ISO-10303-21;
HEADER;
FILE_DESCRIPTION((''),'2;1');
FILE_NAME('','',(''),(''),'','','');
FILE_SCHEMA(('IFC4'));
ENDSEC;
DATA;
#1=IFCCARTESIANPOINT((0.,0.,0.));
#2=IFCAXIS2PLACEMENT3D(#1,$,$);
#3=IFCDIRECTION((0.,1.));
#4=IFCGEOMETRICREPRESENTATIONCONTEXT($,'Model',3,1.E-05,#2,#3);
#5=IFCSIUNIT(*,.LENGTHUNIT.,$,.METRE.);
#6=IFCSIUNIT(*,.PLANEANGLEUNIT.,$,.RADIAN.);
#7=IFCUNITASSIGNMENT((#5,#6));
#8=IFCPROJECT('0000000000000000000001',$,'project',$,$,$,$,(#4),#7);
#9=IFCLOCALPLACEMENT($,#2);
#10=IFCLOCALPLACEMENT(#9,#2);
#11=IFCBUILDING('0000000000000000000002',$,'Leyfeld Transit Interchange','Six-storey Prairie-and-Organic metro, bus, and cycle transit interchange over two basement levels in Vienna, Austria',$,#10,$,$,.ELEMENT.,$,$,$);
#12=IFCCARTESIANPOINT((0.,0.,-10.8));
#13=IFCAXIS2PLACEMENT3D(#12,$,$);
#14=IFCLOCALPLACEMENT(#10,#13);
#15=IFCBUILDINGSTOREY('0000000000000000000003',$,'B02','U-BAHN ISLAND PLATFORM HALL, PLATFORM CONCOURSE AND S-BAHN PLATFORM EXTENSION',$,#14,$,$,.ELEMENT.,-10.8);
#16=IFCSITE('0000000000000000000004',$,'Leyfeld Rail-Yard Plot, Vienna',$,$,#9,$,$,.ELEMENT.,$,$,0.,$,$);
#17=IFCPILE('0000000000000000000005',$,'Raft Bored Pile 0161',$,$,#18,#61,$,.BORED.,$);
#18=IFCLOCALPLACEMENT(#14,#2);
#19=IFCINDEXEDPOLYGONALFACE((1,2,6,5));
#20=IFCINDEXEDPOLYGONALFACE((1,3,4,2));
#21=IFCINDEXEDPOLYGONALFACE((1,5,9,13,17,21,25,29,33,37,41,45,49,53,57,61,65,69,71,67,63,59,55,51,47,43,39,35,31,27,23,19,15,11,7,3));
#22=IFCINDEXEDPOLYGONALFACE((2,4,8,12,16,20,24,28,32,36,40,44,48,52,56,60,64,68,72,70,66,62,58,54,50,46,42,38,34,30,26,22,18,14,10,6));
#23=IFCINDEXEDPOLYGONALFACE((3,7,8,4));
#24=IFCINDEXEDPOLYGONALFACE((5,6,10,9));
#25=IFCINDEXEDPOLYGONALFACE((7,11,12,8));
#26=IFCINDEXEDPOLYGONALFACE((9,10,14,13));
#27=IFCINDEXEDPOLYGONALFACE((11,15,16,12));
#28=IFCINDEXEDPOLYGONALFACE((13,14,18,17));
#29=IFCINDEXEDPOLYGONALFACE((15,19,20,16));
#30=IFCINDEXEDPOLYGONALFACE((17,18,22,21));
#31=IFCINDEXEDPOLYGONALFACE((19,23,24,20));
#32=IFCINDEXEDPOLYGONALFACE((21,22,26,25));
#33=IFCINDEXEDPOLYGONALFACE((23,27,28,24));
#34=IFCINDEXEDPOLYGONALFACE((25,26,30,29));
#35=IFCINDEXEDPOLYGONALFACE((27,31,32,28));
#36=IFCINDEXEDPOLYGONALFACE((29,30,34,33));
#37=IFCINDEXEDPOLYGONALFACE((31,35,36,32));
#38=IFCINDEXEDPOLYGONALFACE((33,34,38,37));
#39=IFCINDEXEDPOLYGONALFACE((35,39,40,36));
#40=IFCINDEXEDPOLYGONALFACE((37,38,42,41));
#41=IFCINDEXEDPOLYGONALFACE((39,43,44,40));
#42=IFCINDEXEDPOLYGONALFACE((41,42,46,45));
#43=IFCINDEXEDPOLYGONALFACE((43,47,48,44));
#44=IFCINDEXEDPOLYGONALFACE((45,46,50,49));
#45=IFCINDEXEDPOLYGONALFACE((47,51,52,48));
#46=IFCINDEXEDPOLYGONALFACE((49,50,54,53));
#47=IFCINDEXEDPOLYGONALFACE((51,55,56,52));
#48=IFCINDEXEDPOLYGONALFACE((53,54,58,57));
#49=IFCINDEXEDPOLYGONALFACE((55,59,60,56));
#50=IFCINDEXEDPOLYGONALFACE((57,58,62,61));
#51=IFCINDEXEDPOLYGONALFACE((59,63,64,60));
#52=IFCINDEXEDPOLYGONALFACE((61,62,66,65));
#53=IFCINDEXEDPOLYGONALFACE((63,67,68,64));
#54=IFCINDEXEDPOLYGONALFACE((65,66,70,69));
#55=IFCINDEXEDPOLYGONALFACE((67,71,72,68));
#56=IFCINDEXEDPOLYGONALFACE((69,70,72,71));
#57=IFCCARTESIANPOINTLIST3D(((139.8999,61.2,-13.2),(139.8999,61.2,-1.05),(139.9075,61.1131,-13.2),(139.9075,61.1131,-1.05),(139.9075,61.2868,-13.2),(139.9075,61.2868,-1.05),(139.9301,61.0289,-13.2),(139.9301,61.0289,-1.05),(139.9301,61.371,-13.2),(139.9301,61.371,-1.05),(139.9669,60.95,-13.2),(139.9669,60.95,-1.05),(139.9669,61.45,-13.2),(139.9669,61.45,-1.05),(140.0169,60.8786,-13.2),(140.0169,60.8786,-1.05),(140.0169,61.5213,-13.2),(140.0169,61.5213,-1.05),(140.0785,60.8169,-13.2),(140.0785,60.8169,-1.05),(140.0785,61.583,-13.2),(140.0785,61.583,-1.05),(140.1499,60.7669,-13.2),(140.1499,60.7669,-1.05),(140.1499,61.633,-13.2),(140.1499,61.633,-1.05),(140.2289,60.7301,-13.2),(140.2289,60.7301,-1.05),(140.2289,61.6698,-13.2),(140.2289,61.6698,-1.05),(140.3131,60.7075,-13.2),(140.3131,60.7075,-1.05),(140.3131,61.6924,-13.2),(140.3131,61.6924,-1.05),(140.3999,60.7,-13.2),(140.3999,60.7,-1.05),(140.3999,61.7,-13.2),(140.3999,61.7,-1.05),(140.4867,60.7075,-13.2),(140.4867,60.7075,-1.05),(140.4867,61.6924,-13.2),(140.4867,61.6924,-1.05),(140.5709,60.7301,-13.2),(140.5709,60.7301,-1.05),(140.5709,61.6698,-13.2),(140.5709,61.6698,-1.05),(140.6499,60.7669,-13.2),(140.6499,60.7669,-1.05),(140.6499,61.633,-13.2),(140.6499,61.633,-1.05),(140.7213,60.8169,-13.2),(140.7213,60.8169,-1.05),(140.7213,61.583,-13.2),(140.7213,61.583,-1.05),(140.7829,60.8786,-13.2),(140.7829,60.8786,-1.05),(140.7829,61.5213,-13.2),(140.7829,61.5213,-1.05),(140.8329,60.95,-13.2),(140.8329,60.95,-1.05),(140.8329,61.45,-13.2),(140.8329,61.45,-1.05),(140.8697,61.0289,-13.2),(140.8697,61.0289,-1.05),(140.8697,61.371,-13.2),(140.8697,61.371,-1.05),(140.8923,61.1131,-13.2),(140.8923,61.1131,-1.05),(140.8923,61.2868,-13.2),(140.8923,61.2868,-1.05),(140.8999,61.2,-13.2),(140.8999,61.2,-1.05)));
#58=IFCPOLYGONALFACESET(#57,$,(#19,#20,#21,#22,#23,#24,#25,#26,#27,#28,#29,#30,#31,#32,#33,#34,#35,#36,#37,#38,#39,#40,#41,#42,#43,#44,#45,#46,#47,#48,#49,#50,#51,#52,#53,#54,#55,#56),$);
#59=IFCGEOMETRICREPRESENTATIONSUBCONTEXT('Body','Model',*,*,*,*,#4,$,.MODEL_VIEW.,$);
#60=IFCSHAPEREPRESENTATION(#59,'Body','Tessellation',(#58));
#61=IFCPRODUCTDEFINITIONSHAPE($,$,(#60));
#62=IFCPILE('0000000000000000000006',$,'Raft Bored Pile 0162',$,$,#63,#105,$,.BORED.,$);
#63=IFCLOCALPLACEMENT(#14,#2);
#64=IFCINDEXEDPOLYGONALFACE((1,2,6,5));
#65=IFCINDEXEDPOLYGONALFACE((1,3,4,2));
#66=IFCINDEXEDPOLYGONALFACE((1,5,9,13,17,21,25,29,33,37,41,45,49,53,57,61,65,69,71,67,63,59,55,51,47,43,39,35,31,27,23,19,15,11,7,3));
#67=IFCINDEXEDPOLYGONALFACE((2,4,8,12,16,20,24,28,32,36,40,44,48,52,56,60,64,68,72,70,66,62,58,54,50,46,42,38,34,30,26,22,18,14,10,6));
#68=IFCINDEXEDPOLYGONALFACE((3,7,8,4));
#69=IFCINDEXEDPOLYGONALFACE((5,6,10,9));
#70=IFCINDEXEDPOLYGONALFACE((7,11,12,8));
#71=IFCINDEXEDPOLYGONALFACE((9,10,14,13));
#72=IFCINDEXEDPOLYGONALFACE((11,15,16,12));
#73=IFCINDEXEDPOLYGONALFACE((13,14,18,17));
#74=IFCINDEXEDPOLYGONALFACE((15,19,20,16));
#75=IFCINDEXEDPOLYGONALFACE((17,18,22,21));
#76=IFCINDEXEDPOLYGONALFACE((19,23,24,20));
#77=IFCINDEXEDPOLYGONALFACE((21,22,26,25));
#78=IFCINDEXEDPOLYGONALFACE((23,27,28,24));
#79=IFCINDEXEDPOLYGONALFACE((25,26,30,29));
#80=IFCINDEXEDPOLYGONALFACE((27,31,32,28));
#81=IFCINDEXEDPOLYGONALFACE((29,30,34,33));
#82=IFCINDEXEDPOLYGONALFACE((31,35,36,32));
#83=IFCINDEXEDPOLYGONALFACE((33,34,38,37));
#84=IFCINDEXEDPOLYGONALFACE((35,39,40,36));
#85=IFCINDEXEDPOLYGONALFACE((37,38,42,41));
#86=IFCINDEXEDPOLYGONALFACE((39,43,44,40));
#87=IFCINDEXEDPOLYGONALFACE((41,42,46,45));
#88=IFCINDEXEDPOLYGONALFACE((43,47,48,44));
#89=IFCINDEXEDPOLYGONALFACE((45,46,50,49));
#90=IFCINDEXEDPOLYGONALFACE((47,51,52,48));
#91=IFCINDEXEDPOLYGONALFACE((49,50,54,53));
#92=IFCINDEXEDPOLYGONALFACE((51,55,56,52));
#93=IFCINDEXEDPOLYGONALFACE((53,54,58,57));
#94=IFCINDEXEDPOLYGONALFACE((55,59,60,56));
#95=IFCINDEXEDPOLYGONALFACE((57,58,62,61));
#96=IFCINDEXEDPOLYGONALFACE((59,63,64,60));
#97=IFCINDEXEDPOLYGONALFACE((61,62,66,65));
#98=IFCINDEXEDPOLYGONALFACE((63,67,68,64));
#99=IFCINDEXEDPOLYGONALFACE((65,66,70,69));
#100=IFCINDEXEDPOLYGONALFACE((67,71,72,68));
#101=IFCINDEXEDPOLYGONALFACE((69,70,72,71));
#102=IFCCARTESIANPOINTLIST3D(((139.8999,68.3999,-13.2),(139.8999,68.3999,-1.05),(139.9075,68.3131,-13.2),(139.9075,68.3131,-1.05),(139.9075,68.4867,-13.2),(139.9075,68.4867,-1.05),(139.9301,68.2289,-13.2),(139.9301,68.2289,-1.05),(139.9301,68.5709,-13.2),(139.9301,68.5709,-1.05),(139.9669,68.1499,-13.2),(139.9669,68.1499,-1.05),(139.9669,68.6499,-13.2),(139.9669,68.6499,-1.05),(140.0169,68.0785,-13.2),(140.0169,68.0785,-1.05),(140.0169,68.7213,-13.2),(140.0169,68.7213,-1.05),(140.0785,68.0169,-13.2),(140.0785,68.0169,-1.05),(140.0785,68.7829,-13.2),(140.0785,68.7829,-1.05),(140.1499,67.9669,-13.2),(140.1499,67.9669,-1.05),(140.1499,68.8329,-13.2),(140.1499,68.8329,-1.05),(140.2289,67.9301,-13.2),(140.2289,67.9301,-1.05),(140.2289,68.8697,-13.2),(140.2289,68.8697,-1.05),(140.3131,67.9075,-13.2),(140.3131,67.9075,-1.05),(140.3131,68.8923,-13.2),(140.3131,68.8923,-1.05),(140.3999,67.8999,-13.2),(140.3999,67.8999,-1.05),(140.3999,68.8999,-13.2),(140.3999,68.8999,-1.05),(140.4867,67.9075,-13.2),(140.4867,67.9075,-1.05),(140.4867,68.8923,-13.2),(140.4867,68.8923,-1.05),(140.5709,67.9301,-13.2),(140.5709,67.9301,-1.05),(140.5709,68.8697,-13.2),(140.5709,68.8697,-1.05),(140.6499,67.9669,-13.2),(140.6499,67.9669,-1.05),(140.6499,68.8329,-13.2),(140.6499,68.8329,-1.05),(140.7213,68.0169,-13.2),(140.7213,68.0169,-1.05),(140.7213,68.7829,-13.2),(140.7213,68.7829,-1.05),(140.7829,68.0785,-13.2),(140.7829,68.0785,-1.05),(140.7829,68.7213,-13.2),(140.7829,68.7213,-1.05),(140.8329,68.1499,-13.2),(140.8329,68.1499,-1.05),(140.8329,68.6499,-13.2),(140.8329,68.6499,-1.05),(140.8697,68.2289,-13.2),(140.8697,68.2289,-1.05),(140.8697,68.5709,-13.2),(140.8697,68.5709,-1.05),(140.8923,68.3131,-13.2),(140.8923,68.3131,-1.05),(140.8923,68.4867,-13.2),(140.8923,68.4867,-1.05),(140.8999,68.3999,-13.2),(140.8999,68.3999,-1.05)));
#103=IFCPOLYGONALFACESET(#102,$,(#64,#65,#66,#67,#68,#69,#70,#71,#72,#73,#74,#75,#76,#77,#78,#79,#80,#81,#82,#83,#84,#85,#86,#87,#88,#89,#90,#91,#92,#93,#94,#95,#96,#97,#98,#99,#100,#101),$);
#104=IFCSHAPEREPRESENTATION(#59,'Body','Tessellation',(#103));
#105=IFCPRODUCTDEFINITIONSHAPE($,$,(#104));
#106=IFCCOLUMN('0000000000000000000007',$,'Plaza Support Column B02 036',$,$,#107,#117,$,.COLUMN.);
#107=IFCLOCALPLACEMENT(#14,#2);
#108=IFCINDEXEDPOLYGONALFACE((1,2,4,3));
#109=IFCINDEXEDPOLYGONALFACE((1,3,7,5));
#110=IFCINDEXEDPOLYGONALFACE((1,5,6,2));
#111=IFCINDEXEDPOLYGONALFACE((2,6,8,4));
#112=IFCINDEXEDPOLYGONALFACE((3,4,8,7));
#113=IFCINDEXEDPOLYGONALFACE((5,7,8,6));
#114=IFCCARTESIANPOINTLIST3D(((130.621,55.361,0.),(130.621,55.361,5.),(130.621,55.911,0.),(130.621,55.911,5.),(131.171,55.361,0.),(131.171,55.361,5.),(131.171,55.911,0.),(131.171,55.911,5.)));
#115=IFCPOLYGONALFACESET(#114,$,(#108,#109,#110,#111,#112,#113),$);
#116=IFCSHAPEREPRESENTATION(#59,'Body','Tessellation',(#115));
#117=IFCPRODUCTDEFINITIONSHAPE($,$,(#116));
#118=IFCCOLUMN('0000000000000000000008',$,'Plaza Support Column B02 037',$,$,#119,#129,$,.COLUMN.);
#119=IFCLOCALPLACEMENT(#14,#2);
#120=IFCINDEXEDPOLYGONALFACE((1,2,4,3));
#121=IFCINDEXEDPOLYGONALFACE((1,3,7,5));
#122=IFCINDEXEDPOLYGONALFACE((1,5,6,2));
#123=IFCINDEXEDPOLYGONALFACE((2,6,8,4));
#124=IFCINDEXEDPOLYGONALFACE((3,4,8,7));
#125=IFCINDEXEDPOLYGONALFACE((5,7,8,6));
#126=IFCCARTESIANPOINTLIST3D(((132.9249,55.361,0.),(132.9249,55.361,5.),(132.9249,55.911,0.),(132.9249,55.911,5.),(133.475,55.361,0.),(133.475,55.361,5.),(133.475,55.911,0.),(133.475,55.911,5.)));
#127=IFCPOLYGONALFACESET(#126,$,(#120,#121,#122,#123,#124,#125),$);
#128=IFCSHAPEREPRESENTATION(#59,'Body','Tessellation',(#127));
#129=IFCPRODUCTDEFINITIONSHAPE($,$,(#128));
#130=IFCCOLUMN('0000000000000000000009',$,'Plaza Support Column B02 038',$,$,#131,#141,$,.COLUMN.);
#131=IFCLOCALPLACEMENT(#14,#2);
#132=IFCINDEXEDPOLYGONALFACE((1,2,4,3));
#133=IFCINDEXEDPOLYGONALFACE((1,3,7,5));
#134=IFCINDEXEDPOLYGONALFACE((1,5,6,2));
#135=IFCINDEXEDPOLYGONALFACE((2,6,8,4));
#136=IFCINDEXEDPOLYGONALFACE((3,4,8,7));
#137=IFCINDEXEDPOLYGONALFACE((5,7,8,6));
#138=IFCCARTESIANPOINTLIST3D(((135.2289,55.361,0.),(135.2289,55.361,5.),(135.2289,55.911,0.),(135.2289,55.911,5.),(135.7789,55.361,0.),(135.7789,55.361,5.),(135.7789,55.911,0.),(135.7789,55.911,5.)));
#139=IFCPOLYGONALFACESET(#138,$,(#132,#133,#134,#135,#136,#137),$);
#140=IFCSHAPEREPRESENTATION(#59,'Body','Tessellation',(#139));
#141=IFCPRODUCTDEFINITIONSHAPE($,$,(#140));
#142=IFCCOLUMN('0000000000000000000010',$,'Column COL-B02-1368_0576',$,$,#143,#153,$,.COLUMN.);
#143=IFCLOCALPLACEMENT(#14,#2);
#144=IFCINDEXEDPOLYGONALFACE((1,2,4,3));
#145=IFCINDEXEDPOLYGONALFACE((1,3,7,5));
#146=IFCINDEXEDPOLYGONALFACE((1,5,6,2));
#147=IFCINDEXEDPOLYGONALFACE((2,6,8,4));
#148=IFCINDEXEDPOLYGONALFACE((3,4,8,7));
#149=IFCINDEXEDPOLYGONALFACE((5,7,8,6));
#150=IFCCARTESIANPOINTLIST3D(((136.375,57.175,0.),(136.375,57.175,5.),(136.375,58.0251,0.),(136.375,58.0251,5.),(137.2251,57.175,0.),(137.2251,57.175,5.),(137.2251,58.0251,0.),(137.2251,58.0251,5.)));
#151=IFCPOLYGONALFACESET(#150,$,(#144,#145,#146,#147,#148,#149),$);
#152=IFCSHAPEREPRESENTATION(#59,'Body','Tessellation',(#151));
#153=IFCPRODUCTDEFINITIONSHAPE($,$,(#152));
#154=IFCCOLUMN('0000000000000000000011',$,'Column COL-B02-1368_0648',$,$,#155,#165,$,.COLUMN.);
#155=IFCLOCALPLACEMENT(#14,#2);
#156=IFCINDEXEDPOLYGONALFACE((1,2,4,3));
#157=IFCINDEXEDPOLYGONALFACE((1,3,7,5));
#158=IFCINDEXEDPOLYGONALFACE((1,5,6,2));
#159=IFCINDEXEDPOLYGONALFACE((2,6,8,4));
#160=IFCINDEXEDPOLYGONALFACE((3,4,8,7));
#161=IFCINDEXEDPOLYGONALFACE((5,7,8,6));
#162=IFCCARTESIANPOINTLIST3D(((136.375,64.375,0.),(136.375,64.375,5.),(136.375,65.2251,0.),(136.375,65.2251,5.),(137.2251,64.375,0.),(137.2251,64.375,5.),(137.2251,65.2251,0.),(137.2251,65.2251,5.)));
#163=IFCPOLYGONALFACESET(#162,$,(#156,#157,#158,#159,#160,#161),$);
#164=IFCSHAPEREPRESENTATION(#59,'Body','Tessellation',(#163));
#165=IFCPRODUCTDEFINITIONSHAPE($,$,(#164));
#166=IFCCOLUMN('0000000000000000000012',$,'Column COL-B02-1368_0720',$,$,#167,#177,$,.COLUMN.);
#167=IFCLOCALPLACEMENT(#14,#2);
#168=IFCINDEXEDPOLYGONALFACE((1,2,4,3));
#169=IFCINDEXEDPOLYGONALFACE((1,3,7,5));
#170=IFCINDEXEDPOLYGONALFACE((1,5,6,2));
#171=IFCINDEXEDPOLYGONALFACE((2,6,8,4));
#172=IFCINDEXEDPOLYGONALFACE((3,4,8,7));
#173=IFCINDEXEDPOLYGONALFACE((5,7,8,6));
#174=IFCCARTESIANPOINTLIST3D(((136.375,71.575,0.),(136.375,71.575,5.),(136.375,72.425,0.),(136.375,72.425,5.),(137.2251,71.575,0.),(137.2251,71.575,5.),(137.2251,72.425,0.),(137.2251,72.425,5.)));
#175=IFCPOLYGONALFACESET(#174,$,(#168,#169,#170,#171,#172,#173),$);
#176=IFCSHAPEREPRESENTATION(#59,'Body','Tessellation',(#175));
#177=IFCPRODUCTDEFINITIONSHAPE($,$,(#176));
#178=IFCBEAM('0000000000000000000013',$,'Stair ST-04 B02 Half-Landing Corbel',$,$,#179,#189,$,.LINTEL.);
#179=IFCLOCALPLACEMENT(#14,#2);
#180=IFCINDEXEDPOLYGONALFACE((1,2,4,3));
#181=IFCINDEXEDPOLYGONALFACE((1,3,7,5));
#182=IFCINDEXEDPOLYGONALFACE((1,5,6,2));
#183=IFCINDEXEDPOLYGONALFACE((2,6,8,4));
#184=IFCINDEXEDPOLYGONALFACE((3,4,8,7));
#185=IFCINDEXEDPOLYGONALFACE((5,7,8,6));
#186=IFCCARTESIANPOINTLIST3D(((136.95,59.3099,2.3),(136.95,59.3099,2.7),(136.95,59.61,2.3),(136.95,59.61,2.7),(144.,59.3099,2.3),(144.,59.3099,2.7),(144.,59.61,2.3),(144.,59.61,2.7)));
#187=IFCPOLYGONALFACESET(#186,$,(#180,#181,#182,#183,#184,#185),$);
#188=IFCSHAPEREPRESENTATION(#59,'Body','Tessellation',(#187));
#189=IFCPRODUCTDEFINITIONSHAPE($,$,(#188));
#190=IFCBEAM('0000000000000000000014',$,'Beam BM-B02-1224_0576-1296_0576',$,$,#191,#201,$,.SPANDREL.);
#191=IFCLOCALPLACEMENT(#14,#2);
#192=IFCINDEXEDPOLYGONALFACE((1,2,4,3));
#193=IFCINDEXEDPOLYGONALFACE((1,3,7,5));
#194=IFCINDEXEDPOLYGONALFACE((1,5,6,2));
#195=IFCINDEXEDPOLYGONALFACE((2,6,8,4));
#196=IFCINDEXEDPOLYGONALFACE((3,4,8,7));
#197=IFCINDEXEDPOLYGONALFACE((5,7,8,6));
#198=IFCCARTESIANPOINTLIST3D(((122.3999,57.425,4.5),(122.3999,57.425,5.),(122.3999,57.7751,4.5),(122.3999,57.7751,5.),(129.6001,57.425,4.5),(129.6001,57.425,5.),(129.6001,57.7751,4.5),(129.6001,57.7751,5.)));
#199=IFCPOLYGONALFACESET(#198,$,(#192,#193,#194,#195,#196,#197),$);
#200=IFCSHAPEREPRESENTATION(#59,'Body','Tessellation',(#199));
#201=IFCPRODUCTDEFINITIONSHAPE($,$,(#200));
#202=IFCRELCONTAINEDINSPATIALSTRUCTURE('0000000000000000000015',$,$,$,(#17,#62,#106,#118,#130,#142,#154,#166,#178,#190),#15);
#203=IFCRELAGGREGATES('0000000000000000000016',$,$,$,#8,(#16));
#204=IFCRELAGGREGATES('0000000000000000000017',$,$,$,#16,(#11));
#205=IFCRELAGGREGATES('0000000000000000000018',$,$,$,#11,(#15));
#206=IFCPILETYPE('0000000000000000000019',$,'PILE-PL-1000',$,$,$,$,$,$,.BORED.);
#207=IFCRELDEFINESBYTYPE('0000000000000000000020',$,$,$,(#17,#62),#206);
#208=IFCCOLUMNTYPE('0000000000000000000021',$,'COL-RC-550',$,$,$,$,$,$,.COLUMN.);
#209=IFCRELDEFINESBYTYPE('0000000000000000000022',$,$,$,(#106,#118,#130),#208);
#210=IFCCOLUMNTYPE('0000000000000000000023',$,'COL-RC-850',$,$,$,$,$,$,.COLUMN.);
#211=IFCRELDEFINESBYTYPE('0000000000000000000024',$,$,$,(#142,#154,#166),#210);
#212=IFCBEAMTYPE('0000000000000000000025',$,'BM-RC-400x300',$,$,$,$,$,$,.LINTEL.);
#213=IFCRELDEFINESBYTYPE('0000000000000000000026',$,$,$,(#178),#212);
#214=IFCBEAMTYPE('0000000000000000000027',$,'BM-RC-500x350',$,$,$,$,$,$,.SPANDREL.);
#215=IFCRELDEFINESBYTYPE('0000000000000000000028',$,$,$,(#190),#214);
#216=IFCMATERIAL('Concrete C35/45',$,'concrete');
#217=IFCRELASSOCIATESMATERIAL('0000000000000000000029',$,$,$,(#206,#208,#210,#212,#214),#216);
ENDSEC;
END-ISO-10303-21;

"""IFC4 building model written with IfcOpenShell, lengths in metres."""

from ifc_helpers import new_model, si_unit, direction, frame, origin, origin_2d, place, context, subcontext, project, spatial, rectangle, circle, extrude, material, material_profile, profile_set, type_object, element, save


model = new_model("IFC4")

# Units and contexts
model_context = context("Model", 3, precision=1e-05, world=origin(), true_north=direction((0.0, 1.0)))
body_context = subcontext(model_context, "Body", "Model", "MODEL_VIEW")
ifc_project = project(units=[si_unit("LENGTHUNIT", "METRE"), si_unit("PLANEANGLEUNIT", "RADIAN")], contexts=[model_context])

# Site, building, storey
site_placement = place(None, origin())
site = spatial("IfcSite", under=ifc_project, at=site_placement, Name="Leyfeld Rail-Yard Plot, Vienna", CompositionType="ELEMENT", RefElevation=0.0)
building_placement = place(site_placement, origin())
building = spatial("IfcBuilding", under=site, at=building_placement, Name="Leyfeld Transit Interchange", Description="Six-storey Prairie-and-Organic metro, bus, and cycle transit interchange over two basement levels in Vienna, Austria", CompositionType="ELEMENT")
storey_placement = place(building_placement, frame((0.0, 0.0, -10.8)))
storey = spatial("IfcBuildingStorey", under=building, at=storey_placement, Name="B02", Description="U-BAHN ISLAND PLATFORM HALL, PLATFORM CONCOURSE AND S-BAHN PLATFORM EXTENSION", CompositionType="ELEMENT", Elevation=-10.8)

# Piles
ifc_material_1 = material(Name="Concrete C35/45", Category="concrete")
ifc_material_profile_1 = material_profile(ifc_material_1, circle(Radius=0.5, at=origin_2d()), Name="PILE D1000")
ifc_profile_set_1 = profile_set([ifc_material_profile_1], Name="Concrete C35/45")
pile_type = type_object("IfcPileType", Name="PILE-PL-1000", PredefinedType="BORED", material=ifc_profile_set_1)
for number, where, z_axis, x_axis, name in (
    (1, (140.3999, 61.2, -1.05), (0.0, 0.0, -1.0), (1.0, 0.0, 0.0), "Raft Bored Pile 0161"),
    (2, (140.3999, 68.3999, -1.05), (0.0, 0.0, -1.0), (1.0, 0.0, 0.0), "Raft Bored Pile 0162"),
):
    element("IfcPile", number, at=place(storey_placement, frame(where, z_axis=z_axis, x_axis=x_axis)), inside=storey, type_object=pile_type, Name=name, PredefinedType="BORED", context=body_context, shape_type="SweptSolid", body=[
        extrude(circle(Radius=0.5, at=origin_2d()), origin(), (0.0, 0.0, 1.0), 12.1499),
    ])

# Columns
ifc_material_profile_2 = material_profile(ifc_material_1, rectangle(XDim=0.55, YDim=0.55, at=origin_2d()), Name="RC 550x550")
ifc_profile_set_2 = profile_set([ifc_material_profile_2], Name="Concrete C35/45")
column_type_1 = type_object("IfcColumnType", Name="COL-RC-550", PredefinedType="COLUMN", material=ifc_profile_set_2)
for number, where, z_axis, x_axis, name in (
    (3, (130.896, 55.636, 0.0), (0.0, 0.0, 1.0), (1.0, 0.0, 0.0), "Plaza Support Column B02 036"),
    (4, (133.2, 55.636, 0.0), (0.0, 0.0, 1.0), (1.0, 0.0, 0.0), "Plaza Support Column B02 037"),
    (5, (135.5039, 55.636, 0.0), (0.0, 0.0, 1.0), (1.0, 0.0, 0.0), "Plaza Support Column B02 038"),
):
    element("IfcColumn", number, at=place(storey_placement, frame(where, z_axis=z_axis, x_axis=x_axis)), inside=storey, type_object=column_type_1, Name=name, PredefinedType="COLUMN", context=body_context, shape_type="SweptSolid", body=[
        extrude(rectangle(XDim=0.55, YDim=0.55, at=origin_2d()), origin(), (0.0, 0.0, 1.0), 5.0),
    ])
ifc_material_profile_3 = material_profile(ifc_material_1, rectangle(XDim=0.8501, YDim=0.8501, at=origin_2d()), Name="RC 850x850")
ifc_profile_set_3 = profile_set([ifc_material_profile_3], Name="Concrete C35/45")
column_type_2 = type_object("IfcColumnType", Name="COL-RC-850", PredefinedType="COLUMN", material=ifc_profile_set_3)
for number, where, z_axis, x_axis, name in (
    (6, (136.8, 57.6001, 0.0), (0.0, 0.0, 1.0), (1.0, 0.0, 0.0), "Column COL-B02-1368_0576"),
    (7, (136.8, 64.8, 0.0), (0.0, 0.0, 1.0), (1.0, 0.0, 0.0), "Column COL-B02-1368_0648"),
    (8, (136.8, 72.0, 0.0), (0.0, 0.0, 1.0), (1.0, 0.0, 0.0), "Column COL-B02-1368_0720"),
):
    element("IfcColumn", number, at=place(storey_placement, frame(where, z_axis=z_axis, x_axis=x_axis)), inside=storey, type_object=column_type_2, Name=name, PredefinedType="COLUMN", context=body_context, shape_type="SweptSolid", body=[
        extrude(rectangle(XDim=0.8501, YDim=0.8501, at=origin_2d()), origin(), (0.0, 0.0, 1.0), 5.0),
    ])

# Beams
ifc_material_profile_4 = material_profile(ifc_material_1, rectangle(XDim=0.3, YDim=0.3999, at=origin_2d()), Name="RC 400x300")
ifc_profile_set_4 = profile_set([ifc_material_profile_4], Name="Concrete C35/45")
beam_type_1 = type_object("IfcBeamType", Name="BM-RC-400x300", PredefinedType="LINTEL", material=ifc_profile_set_4)
beam_1_placement = place(storey_placement, frame((136.95, 59.46, 2.5), z_axis=(1.0, 0.0, 0.0), x_axis=(0.0, 1.0, 0.0)))
element("IfcBeam", 9, at=beam_1_placement, inside=storey, type_object=beam_type_1, Name="Stair ST-04 B02 Half-Landing Corbel", PredefinedType="LINTEL", context=body_context, shape_type="SweptSolid", body=[
    extrude(rectangle(XDim=0.3, YDim=0.3999, at=origin_2d()), origin(), (0.0, 0.0, 1.0), 7.05),
])
ifc_material_profile_5 = material_profile(ifc_material_1, rectangle(XDim=0.3501, YDim=0.5, at=origin_2d()), Name="RC 500x350")
ifc_profile_set_5 = profile_set([ifc_material_profile_5], Name="Concrete C35/45")
beam_type_2 = type_object("IfcBeamType", Name="BM-RC-500x350", PredefinedType="SPANDREL", material=ifc_profile_set_5)
beam_2_placement = place(storey_placement, frame((122.3999, 57.6001, 4.75), z_axis=(1.0, 0.0, 0.0), x_axis=(0.0, 1.0, 0.0)))
element("IfcBeam", 10, at=beam_2_placement, inside=storey, type_object=beam_type_2, Name="Beam BM-B02-1224_0576-1296_0576", PredefinedType="SPANDREL", context=body_context, shape_type="SweptSolid", body=[
    extrude(rectangle(XDim=0.3501, YDim=0.5, at=origin_2d()), origin(), (0.0, 0.0, 1.0), 7.2002),
])

save(model, "model.ifc")
